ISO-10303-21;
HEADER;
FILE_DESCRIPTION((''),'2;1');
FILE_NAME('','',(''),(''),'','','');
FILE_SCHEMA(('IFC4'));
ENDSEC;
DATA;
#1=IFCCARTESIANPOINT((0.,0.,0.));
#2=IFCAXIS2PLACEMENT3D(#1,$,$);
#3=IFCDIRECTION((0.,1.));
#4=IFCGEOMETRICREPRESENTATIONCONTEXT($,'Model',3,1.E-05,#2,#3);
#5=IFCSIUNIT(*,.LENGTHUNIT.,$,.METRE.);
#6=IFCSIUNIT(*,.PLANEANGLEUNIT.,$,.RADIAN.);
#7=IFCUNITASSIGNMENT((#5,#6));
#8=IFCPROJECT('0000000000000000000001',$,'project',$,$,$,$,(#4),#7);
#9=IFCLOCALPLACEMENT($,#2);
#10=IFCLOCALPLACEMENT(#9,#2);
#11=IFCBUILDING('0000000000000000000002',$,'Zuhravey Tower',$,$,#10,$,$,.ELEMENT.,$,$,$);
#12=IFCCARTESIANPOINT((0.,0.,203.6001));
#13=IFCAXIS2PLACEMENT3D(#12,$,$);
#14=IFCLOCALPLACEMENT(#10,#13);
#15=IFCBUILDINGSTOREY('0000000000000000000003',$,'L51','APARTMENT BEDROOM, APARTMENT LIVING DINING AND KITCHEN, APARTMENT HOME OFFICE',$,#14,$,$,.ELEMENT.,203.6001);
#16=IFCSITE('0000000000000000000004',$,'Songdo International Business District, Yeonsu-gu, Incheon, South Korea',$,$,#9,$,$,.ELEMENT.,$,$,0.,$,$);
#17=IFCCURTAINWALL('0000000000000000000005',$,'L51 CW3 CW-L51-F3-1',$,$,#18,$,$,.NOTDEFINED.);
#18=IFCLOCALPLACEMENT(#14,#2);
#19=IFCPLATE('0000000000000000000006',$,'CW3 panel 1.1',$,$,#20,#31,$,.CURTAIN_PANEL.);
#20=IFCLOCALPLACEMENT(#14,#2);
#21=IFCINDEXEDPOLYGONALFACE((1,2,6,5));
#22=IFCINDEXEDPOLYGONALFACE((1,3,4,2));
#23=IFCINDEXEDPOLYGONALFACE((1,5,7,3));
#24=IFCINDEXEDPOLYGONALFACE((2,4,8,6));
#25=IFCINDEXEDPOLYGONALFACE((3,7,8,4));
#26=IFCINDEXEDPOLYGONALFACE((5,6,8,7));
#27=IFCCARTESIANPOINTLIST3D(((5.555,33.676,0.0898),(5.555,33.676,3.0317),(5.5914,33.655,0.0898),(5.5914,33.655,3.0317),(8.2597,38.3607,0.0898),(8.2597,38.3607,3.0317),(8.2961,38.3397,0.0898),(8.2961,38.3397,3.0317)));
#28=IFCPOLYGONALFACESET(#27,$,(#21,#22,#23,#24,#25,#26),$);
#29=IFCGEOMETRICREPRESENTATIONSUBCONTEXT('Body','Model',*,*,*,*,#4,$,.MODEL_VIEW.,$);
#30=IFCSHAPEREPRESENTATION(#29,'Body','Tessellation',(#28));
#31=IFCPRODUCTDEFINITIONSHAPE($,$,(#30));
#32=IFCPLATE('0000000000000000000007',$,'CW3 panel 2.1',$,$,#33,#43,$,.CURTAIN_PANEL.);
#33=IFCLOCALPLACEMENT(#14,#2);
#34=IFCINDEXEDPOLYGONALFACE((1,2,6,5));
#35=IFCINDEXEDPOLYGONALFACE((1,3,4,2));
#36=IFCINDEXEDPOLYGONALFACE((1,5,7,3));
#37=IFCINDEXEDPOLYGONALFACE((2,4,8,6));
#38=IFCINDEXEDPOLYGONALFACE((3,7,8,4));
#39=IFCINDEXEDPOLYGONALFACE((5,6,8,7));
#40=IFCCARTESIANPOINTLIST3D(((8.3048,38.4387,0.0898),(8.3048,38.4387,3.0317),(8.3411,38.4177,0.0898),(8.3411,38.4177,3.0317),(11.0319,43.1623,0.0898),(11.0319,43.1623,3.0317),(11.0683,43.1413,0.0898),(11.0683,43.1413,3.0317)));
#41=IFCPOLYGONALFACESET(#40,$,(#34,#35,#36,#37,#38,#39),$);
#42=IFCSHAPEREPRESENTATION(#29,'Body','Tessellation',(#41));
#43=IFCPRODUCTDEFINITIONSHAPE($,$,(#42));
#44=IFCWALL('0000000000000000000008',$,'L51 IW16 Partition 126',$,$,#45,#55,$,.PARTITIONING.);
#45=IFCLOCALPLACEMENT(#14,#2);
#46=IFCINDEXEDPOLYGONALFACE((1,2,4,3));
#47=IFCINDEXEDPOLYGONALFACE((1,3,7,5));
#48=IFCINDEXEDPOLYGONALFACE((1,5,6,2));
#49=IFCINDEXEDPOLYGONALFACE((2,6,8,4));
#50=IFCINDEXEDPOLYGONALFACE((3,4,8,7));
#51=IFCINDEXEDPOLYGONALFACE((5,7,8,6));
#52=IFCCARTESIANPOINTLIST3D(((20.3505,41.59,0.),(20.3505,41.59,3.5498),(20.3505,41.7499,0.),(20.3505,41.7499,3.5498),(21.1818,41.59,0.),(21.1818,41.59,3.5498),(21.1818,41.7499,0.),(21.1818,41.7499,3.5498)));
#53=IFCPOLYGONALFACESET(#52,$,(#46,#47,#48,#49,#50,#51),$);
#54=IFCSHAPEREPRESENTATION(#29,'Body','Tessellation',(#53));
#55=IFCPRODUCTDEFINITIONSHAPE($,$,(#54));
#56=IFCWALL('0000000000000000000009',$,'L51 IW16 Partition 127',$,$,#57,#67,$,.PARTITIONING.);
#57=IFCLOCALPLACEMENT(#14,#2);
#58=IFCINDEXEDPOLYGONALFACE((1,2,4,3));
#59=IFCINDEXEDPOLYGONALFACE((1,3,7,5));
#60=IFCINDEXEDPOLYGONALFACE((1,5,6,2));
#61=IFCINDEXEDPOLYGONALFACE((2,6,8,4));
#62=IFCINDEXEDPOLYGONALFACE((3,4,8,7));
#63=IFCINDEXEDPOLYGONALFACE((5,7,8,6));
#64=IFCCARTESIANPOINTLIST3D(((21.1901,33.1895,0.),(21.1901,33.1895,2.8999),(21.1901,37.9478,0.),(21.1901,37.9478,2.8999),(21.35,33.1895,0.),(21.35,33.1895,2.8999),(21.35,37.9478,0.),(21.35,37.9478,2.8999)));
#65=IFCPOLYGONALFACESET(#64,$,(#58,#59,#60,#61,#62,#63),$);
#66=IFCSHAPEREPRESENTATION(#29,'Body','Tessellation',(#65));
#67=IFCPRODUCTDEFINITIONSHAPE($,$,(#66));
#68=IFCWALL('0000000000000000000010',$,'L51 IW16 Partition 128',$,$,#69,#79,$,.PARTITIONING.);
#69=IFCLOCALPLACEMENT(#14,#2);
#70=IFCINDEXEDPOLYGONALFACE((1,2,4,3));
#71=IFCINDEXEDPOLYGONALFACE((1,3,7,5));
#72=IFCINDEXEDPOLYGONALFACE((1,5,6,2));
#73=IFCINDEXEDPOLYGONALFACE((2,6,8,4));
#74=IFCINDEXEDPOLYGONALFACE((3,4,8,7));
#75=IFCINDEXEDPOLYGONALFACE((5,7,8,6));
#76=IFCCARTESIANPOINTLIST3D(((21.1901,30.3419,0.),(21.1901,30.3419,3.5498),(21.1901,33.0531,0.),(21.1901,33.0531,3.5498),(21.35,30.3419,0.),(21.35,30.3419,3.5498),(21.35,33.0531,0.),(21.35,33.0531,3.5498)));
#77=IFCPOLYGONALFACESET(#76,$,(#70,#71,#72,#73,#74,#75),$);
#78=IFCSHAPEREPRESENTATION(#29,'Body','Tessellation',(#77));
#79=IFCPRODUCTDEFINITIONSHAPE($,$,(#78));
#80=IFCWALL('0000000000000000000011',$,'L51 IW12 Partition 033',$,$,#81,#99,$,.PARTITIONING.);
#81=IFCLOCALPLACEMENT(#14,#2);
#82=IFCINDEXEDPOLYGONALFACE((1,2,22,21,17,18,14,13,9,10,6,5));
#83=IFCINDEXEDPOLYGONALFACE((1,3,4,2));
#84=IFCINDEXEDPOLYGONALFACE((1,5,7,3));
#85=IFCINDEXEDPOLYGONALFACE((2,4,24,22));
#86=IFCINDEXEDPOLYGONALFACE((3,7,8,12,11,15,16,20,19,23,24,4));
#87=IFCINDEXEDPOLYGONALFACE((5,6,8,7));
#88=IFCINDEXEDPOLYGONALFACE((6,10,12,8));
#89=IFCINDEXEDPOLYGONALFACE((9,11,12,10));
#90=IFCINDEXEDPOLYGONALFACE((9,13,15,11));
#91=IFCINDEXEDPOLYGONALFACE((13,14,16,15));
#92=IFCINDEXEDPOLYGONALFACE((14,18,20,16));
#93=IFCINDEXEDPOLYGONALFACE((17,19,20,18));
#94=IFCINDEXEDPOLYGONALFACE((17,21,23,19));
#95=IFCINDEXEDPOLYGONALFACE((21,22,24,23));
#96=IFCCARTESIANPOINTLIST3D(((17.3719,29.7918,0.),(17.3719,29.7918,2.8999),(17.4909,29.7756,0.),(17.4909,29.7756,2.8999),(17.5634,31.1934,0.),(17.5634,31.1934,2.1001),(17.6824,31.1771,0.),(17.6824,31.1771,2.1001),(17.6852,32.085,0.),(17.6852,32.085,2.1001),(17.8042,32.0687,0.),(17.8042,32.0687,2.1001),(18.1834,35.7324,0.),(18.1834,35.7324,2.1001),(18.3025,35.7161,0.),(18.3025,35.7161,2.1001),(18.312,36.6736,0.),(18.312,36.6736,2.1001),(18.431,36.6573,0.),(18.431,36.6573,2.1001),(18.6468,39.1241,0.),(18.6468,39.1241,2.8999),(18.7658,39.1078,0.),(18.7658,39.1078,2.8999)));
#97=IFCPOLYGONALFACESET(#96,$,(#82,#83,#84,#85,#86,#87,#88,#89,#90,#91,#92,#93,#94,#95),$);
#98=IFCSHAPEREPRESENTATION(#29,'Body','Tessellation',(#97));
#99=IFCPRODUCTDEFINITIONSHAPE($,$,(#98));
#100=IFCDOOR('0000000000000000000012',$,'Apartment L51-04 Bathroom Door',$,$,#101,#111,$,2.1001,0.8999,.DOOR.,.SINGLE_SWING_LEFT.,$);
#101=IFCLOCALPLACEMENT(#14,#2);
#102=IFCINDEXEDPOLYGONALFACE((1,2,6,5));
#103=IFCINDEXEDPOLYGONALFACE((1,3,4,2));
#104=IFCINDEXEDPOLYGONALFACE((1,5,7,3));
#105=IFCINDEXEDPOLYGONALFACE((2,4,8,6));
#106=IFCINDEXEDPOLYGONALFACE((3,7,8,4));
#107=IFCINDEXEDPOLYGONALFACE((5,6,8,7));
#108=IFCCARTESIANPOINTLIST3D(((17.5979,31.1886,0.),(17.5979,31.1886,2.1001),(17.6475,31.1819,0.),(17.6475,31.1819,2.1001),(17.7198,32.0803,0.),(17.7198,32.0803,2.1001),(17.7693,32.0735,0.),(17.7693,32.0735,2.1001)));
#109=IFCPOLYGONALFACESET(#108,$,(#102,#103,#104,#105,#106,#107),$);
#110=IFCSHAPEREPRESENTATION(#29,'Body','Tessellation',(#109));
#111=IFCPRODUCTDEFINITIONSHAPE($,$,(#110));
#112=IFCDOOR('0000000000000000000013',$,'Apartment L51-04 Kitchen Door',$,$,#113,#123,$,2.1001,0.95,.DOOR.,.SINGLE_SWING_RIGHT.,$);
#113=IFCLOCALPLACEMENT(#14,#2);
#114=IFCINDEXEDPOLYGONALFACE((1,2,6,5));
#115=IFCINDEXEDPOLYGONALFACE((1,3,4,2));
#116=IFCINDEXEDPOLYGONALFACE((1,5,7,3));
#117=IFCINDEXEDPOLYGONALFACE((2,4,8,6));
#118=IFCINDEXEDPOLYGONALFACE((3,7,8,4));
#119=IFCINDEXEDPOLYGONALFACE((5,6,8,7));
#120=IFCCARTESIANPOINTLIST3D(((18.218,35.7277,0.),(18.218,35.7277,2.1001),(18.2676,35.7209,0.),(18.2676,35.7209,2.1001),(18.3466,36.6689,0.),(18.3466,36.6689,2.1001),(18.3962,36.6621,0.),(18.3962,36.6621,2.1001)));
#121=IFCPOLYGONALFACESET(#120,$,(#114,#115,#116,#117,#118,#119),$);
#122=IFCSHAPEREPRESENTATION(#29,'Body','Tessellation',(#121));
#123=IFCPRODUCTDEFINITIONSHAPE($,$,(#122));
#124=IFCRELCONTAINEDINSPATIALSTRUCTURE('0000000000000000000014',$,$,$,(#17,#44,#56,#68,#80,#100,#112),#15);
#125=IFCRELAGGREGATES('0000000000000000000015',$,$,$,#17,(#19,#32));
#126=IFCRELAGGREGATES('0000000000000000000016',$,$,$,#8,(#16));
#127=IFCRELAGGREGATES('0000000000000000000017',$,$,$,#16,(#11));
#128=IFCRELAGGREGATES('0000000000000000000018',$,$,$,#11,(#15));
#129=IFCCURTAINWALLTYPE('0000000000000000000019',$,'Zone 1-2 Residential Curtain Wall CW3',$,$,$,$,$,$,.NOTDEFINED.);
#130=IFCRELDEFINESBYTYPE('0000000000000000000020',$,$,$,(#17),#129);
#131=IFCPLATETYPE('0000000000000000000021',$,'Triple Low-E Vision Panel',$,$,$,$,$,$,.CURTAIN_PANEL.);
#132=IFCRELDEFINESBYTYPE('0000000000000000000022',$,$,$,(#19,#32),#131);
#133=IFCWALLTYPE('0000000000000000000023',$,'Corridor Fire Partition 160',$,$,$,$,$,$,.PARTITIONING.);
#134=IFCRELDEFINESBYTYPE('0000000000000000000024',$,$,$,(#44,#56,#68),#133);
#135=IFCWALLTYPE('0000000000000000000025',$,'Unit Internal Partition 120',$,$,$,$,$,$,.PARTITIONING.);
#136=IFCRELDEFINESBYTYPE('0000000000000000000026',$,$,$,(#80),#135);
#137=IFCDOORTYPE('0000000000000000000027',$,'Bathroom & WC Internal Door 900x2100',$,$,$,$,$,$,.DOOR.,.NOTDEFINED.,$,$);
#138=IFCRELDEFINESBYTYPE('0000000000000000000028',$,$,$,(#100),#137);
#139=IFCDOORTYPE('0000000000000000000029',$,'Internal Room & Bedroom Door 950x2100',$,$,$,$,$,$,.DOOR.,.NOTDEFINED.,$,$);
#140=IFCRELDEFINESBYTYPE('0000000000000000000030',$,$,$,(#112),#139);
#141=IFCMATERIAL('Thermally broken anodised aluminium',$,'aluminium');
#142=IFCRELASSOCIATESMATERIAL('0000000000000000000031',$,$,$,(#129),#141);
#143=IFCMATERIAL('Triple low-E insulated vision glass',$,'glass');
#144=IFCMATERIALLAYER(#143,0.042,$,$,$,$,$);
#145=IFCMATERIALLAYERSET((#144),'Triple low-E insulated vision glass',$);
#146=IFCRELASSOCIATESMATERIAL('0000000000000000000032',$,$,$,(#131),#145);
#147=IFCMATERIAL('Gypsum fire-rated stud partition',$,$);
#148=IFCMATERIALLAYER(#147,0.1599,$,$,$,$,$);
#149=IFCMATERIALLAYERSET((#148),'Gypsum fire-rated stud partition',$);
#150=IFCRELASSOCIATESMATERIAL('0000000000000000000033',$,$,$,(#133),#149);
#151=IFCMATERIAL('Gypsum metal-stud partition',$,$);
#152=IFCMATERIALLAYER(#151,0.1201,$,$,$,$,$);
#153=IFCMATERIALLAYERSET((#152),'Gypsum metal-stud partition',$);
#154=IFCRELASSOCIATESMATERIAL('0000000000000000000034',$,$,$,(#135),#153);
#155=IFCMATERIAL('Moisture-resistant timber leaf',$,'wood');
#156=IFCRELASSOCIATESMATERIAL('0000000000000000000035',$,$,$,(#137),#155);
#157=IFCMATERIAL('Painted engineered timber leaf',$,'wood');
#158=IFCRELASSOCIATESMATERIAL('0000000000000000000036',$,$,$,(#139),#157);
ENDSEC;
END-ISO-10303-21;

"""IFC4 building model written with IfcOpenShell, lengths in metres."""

from ifc_helpers import new_model, si_unit, direction, frame, frame_2d, origin, origin_2d, place, context, subcontext, project, spatial, rectangle, extrude, material, layer, layer_set, type_object, element, fill, aggregate, save


model = new_model("IFC4")

# Units and contexts
model_context = context("Model", 3, precision=1e-05, world=origin(), true_north=direction((0.0, 1.0)))
body_context = subcontext(model_context, "Body", "Model", "MODEL_VIEW")
ifc_project = project(units=[si_unit("LENGTHUNIT", "METRE"), si_unit("PLANEANGLEUNIT", "RADIAN")], contexts=[model_context])

# Site, building, storey
site_placement = place(None, origin())
site = spatial("IfcSite", under=ifc_project, at=site_placement, Name="Songdo International Business District, Yeonsu-gu, Incheon, South Korea", CompositionType="ELEMENT", RefElevation=0.0)
building_placement = place(site_placement, origin())
building = spatial("IfcBuilding", under=site, at=building_placement, Name="Zuhravey Tower", CompositionType="ELEMENT")
storey_placement = place(building_placement, frame((0.0, 0.0, 203.6001)))
storey = spatial("IfcBuildingStorey", under=building, at=storey_placement, Name="L51", Description="APARTMENT BEDROOM, APARTMENT LIVING DINING AND KITCHEN, APARTMENT HOME OFFICE", CompositionType="ELEMENT", Elevation=203.6001)

# Curtain wall
ifc_material_1 = material(Name="Thermally broken anodised aluminium", Category="aluminium")
curtain_wall_type = type_object("IfcCurtainWallType", Name="Zone 1-2 Residential Curtain Wall CW3", PredefinedType="NOTDEFINED", material=ifc_material_1)
curtain_wall_placement = place(storey_placement, origin())
curtain_wall = element("IfcCurtainWall", 1, at=curtain_wall_placement, inside=storey, type_object=curtain_wall_type, Name="L51 CW3 CW-L51-F3-1", PredefinedType="NOTDEFINED")

# Plates
ifc_material_2 = material(Name="Triple low-E insulated vision glass", Category="glass")
ifc_layer_1 = layer(ifc_material_2, 0.042)
ifc_layer_set_1 = layer_set([ifc_layer_1], Name="Triple low-E insulated vision glass")
plate_type = type_object("IfcPlateType", Name="Triple Low-E Vision Panel", PredefinedType="CURTAIN_PANEL", material=ifc_layer_set_1)
plate_1_placement = place(storey_placement, frame((6.9255, 36.0078, 0.0898), z_axis=(0.0, 0.0, 1.0), x_axis=(0.5, 0.866025, 0.0)))
plate_1 = element("IfcPlate", 2, at=plate_1_placement, type_object=plate_type, Name="CW3 panel 1.1", PredefinedType="CURTAIN_PANEL", context=body_context, shape_type="SweptSolid", body=[
    extrude(rectangle(XDim=5.4094, YDim=0.042, at=origin_2d()), origin(), (0.0, 0.0, 1.0), 2.9419),
])
plate_2_placement = place(storey_placement, frame((9.6865, 40.79, 0.0898), z_axis=(0.0, 0.0, 1.0), x_axis=(0.5, 0.866025, 0.0)))
plate_2 = element("IfcPlate", 3, at=plate_2_placement, type_object=plate_type, Name="CW3 panel 2.1", PredefinedType="CURTAIN_PANEL", context=body_context, shape_type="SweptSolid", body=[
    extrude(rectangle(XDim=5.4543, YDim=0.042, at=origin_2d()), origin(), (0.0, 0.0, 1.0), 2.9419),
])
aggregate(curtain_wall, [plate_1, plate_2])

# Walls
ifc_material_3 = material(Name="Gypsum fire-rated stud partition")
ifc_layer_2 = layer(ifc_material_3, 0.1599)
ifc_layer_set_2 = layer_set([ifc_layer_2], Name="Gypsum fire-rated stud partition")
wall_type_1 = type_object("IfcWallType", Name="Corridor Fire Partition 160", PredefinedType="PARTITIONING", material=ifc_layer_set_2)
wall_1_placement = place(storey_placement, frame((20.3506, 41.6699, 0.0), z_axis=(0.0, 0.0, 1.0), x_axis=(1.0, 0.0, 0.0)))
element("IfcWall", 4, at=wall_1_placement, inside=storey, type_object=wall_type_1, Name="L51 IW16 Partition 126", PredefinedType="PARTITIONING", context=body_context, shape_type="SweptSolid", body=[
    extrude(rectangle(XDim=0.8313, YDim=0.1599, at=frame_2d((0.4155, 0.0))), origin(), (0.0, 0.0, 1.0), 3.5498),
])
wall_2_placement = place(storey_placement, frame((21.27, 37.9478, 0.0), z_axis=(0.0, 0.0, 1.0), x_axis=(0.0, -1.0, 0.0)))
element("IfcWall", 5, at=wall_2_placement, inside=storey, type_object=wall_type_1, Name="L51 IW16 Partition 127", PredefinedType="PARTITIONING", context=body_context, shape_type="SweptSolid", body=[
    extrude(rectangle(XDim=4.7583, YDim=0.1599, at=frame_2d((2.3792, 0.0))), origin(), (0.0, 0.0, 1.0), 2.8999),
])
wall_3_placement = place(storey_placement, frame((21.27, 33.053, 0.0), z_axis=(0.0, 0.0, 1.0), x_axis=(0.0, -1.0, 0.0)))
element("IfcWall", 6, at=wall_3_placement, inside=storey, type_object=wall_type_1, Name="L51 IW16 Partition 128", PredefinedType="PARTITIONING", context=body_context, shape_type="SweptSolid", body=[
    extrude(rectangle(XDim=2.7112, YDim=0.1599, at=frame_2d((1.3555, 0.0))), origin(), (0.0, 0.0, 1.0), 3.5498),
])

# Wall, openings, doors
ifc_material_4 = material(Name="Gypsum metal-stud partition")
ifc_layer_3 = layer(ifc_material_4, 0.1201)
ifc_layer_set_3 = layer_set([ifc_layer_3], Name="Gypsum metal-stud partition")
wall_type_2 = type_object("IfcWallType", Name="Unit Internal Partition 120", PredefinedType="PARTITIONING", material=ifc_layer_set_3)
wall_4_placement = place(storey_placement, frame((18.7063, 39.116, 0.0), z_axis=(0.0, 0.0, 1.0), x_axis=(-0.135355, -0.990797, 0.0)))
wall_4 = element("IfcWall", 7, at=wall_4_placement, inside=storey, type_object=wall_type_2, Name="L51 IW12 Partition 033", PredefinedType="PARTITIONING", context=body_context, shape_type="SweptSolid", body=[
    extrude(rectangle(XDim=9.4189, YDim=0.1201, at=frame_2d((4.7095, 0.0))), origin(), (0.0, 0.0, 1.0), 2.8999),
])
opening_1_placement = place(wall_4_placement, frame((2.4731, 0.0, 0.0)))
opening_1 = element("IfcOpeningElement", 8, at=opening_1_placement, cuts=wall_4, PredefinedType="OPENING", context=body_context, shape_type="SweptSolid", body=[
    extrude(rectangle(XDim=0.95, YDim=2.1001, at=frame_2d((0.4751, 1.05))), frame((0.0, 0.072, 0.0), z_axis=(0.0, -1.0, 0.0), x_axis=(1.0, 0.0, 0.0)), (0.0, 0.0, 1.0), 0.144),
])
opening_2_placement = place(wall_4_placement, frame((7.1045, 0.0, 0.0)))
opening_2 = element("IfcOpeningElement", 9, at=opening_2_placement, cuts=wall_4, PredefinedType="OPENING", context=body_context, shape_type="SweptSolid", body=[
    extrude(rectangle(XDim=0.8999, YDim=2.1001, at=frame_2d((0.45, 1.05))), frame((0.0, 0.072, 0.0), z_axis=(0.0, -1.0, 0.0), x_axis=(1.0, 0.0, 0.0)), (0.0, 0.0, 1.0), 0.144),
])
ifc_material_5 = material(Name="Moisture-resistant timber leaf", Category="wood")
door_type_1 = type_object("IfcDoorType", Name="Bathroom & WC Internal Door 900x2100", OperationType="NOTDEFINED", PredefinedType="DOOR", material=ifc_material_5)
door_1_placement = place(opening_2_placement, origin())
door_1 = element("IfcDoor", 10, at=door_1_placement, inside=storey, type_object=door_type_1, Name="Apartment L51-04 Bathroom Door", OperationType="SINGLE_SWING_LEFT", OverallHeight=2.1001, OverallWidth=0.8999, PredefinedType="DOOR", context=body_context, shape_type="SweptSolid", body=[
    extrude(rectangle(XDim=0.8999, YDim=2.1001, at=frame_2d((0.45, 1.05))), frame((0.0, 0.0249, 0.0), z_axis=(0.0, -1.0, 0.0), x_axis=(1.0, 0.0, 0.0)), (0.0, 0.0, 1.0), 0.05),
])
fill(opening_2, door_1)
ifc_material_6 = material(Name="Painted engineered timber leaf", Category="wood")
door_type_2 = type_object("IfcDoorType", Name="Internal Room & Bedroom Door 950x2100", OperationType="NOTDEFINED", PredefinedType="DOOR", material=ifc_material_6)
door_2_placement = place(opening_1_placement, origin())
door_2 = element("IfcDoor", 11, at=door_2_placement, inside=storey, type_object=door_type_2, Name="Apartment L51-04 Kitchen Door", OperationType="SINGLE_SWING_RIGHT", OverallHeight=2.1001, OverallWidth=0.95, PredefinedType="DOOR", context=body_context, shape_type="SweptSolid", body=[
    extrude(rectangle(XDim=0.95, YDim=2.1001, at=frame_2d((0.4751, 1.05))), frame((0.0, 0.0249, 0.0), z_axis=(0.0, -1.0, 0.0), x_axis=(1.0, 0.0, 0.0)), (0.0, 0.0, 1.0), 0.05),
])
fill(opening_1, door_2)

save(model, "model.ifc")
